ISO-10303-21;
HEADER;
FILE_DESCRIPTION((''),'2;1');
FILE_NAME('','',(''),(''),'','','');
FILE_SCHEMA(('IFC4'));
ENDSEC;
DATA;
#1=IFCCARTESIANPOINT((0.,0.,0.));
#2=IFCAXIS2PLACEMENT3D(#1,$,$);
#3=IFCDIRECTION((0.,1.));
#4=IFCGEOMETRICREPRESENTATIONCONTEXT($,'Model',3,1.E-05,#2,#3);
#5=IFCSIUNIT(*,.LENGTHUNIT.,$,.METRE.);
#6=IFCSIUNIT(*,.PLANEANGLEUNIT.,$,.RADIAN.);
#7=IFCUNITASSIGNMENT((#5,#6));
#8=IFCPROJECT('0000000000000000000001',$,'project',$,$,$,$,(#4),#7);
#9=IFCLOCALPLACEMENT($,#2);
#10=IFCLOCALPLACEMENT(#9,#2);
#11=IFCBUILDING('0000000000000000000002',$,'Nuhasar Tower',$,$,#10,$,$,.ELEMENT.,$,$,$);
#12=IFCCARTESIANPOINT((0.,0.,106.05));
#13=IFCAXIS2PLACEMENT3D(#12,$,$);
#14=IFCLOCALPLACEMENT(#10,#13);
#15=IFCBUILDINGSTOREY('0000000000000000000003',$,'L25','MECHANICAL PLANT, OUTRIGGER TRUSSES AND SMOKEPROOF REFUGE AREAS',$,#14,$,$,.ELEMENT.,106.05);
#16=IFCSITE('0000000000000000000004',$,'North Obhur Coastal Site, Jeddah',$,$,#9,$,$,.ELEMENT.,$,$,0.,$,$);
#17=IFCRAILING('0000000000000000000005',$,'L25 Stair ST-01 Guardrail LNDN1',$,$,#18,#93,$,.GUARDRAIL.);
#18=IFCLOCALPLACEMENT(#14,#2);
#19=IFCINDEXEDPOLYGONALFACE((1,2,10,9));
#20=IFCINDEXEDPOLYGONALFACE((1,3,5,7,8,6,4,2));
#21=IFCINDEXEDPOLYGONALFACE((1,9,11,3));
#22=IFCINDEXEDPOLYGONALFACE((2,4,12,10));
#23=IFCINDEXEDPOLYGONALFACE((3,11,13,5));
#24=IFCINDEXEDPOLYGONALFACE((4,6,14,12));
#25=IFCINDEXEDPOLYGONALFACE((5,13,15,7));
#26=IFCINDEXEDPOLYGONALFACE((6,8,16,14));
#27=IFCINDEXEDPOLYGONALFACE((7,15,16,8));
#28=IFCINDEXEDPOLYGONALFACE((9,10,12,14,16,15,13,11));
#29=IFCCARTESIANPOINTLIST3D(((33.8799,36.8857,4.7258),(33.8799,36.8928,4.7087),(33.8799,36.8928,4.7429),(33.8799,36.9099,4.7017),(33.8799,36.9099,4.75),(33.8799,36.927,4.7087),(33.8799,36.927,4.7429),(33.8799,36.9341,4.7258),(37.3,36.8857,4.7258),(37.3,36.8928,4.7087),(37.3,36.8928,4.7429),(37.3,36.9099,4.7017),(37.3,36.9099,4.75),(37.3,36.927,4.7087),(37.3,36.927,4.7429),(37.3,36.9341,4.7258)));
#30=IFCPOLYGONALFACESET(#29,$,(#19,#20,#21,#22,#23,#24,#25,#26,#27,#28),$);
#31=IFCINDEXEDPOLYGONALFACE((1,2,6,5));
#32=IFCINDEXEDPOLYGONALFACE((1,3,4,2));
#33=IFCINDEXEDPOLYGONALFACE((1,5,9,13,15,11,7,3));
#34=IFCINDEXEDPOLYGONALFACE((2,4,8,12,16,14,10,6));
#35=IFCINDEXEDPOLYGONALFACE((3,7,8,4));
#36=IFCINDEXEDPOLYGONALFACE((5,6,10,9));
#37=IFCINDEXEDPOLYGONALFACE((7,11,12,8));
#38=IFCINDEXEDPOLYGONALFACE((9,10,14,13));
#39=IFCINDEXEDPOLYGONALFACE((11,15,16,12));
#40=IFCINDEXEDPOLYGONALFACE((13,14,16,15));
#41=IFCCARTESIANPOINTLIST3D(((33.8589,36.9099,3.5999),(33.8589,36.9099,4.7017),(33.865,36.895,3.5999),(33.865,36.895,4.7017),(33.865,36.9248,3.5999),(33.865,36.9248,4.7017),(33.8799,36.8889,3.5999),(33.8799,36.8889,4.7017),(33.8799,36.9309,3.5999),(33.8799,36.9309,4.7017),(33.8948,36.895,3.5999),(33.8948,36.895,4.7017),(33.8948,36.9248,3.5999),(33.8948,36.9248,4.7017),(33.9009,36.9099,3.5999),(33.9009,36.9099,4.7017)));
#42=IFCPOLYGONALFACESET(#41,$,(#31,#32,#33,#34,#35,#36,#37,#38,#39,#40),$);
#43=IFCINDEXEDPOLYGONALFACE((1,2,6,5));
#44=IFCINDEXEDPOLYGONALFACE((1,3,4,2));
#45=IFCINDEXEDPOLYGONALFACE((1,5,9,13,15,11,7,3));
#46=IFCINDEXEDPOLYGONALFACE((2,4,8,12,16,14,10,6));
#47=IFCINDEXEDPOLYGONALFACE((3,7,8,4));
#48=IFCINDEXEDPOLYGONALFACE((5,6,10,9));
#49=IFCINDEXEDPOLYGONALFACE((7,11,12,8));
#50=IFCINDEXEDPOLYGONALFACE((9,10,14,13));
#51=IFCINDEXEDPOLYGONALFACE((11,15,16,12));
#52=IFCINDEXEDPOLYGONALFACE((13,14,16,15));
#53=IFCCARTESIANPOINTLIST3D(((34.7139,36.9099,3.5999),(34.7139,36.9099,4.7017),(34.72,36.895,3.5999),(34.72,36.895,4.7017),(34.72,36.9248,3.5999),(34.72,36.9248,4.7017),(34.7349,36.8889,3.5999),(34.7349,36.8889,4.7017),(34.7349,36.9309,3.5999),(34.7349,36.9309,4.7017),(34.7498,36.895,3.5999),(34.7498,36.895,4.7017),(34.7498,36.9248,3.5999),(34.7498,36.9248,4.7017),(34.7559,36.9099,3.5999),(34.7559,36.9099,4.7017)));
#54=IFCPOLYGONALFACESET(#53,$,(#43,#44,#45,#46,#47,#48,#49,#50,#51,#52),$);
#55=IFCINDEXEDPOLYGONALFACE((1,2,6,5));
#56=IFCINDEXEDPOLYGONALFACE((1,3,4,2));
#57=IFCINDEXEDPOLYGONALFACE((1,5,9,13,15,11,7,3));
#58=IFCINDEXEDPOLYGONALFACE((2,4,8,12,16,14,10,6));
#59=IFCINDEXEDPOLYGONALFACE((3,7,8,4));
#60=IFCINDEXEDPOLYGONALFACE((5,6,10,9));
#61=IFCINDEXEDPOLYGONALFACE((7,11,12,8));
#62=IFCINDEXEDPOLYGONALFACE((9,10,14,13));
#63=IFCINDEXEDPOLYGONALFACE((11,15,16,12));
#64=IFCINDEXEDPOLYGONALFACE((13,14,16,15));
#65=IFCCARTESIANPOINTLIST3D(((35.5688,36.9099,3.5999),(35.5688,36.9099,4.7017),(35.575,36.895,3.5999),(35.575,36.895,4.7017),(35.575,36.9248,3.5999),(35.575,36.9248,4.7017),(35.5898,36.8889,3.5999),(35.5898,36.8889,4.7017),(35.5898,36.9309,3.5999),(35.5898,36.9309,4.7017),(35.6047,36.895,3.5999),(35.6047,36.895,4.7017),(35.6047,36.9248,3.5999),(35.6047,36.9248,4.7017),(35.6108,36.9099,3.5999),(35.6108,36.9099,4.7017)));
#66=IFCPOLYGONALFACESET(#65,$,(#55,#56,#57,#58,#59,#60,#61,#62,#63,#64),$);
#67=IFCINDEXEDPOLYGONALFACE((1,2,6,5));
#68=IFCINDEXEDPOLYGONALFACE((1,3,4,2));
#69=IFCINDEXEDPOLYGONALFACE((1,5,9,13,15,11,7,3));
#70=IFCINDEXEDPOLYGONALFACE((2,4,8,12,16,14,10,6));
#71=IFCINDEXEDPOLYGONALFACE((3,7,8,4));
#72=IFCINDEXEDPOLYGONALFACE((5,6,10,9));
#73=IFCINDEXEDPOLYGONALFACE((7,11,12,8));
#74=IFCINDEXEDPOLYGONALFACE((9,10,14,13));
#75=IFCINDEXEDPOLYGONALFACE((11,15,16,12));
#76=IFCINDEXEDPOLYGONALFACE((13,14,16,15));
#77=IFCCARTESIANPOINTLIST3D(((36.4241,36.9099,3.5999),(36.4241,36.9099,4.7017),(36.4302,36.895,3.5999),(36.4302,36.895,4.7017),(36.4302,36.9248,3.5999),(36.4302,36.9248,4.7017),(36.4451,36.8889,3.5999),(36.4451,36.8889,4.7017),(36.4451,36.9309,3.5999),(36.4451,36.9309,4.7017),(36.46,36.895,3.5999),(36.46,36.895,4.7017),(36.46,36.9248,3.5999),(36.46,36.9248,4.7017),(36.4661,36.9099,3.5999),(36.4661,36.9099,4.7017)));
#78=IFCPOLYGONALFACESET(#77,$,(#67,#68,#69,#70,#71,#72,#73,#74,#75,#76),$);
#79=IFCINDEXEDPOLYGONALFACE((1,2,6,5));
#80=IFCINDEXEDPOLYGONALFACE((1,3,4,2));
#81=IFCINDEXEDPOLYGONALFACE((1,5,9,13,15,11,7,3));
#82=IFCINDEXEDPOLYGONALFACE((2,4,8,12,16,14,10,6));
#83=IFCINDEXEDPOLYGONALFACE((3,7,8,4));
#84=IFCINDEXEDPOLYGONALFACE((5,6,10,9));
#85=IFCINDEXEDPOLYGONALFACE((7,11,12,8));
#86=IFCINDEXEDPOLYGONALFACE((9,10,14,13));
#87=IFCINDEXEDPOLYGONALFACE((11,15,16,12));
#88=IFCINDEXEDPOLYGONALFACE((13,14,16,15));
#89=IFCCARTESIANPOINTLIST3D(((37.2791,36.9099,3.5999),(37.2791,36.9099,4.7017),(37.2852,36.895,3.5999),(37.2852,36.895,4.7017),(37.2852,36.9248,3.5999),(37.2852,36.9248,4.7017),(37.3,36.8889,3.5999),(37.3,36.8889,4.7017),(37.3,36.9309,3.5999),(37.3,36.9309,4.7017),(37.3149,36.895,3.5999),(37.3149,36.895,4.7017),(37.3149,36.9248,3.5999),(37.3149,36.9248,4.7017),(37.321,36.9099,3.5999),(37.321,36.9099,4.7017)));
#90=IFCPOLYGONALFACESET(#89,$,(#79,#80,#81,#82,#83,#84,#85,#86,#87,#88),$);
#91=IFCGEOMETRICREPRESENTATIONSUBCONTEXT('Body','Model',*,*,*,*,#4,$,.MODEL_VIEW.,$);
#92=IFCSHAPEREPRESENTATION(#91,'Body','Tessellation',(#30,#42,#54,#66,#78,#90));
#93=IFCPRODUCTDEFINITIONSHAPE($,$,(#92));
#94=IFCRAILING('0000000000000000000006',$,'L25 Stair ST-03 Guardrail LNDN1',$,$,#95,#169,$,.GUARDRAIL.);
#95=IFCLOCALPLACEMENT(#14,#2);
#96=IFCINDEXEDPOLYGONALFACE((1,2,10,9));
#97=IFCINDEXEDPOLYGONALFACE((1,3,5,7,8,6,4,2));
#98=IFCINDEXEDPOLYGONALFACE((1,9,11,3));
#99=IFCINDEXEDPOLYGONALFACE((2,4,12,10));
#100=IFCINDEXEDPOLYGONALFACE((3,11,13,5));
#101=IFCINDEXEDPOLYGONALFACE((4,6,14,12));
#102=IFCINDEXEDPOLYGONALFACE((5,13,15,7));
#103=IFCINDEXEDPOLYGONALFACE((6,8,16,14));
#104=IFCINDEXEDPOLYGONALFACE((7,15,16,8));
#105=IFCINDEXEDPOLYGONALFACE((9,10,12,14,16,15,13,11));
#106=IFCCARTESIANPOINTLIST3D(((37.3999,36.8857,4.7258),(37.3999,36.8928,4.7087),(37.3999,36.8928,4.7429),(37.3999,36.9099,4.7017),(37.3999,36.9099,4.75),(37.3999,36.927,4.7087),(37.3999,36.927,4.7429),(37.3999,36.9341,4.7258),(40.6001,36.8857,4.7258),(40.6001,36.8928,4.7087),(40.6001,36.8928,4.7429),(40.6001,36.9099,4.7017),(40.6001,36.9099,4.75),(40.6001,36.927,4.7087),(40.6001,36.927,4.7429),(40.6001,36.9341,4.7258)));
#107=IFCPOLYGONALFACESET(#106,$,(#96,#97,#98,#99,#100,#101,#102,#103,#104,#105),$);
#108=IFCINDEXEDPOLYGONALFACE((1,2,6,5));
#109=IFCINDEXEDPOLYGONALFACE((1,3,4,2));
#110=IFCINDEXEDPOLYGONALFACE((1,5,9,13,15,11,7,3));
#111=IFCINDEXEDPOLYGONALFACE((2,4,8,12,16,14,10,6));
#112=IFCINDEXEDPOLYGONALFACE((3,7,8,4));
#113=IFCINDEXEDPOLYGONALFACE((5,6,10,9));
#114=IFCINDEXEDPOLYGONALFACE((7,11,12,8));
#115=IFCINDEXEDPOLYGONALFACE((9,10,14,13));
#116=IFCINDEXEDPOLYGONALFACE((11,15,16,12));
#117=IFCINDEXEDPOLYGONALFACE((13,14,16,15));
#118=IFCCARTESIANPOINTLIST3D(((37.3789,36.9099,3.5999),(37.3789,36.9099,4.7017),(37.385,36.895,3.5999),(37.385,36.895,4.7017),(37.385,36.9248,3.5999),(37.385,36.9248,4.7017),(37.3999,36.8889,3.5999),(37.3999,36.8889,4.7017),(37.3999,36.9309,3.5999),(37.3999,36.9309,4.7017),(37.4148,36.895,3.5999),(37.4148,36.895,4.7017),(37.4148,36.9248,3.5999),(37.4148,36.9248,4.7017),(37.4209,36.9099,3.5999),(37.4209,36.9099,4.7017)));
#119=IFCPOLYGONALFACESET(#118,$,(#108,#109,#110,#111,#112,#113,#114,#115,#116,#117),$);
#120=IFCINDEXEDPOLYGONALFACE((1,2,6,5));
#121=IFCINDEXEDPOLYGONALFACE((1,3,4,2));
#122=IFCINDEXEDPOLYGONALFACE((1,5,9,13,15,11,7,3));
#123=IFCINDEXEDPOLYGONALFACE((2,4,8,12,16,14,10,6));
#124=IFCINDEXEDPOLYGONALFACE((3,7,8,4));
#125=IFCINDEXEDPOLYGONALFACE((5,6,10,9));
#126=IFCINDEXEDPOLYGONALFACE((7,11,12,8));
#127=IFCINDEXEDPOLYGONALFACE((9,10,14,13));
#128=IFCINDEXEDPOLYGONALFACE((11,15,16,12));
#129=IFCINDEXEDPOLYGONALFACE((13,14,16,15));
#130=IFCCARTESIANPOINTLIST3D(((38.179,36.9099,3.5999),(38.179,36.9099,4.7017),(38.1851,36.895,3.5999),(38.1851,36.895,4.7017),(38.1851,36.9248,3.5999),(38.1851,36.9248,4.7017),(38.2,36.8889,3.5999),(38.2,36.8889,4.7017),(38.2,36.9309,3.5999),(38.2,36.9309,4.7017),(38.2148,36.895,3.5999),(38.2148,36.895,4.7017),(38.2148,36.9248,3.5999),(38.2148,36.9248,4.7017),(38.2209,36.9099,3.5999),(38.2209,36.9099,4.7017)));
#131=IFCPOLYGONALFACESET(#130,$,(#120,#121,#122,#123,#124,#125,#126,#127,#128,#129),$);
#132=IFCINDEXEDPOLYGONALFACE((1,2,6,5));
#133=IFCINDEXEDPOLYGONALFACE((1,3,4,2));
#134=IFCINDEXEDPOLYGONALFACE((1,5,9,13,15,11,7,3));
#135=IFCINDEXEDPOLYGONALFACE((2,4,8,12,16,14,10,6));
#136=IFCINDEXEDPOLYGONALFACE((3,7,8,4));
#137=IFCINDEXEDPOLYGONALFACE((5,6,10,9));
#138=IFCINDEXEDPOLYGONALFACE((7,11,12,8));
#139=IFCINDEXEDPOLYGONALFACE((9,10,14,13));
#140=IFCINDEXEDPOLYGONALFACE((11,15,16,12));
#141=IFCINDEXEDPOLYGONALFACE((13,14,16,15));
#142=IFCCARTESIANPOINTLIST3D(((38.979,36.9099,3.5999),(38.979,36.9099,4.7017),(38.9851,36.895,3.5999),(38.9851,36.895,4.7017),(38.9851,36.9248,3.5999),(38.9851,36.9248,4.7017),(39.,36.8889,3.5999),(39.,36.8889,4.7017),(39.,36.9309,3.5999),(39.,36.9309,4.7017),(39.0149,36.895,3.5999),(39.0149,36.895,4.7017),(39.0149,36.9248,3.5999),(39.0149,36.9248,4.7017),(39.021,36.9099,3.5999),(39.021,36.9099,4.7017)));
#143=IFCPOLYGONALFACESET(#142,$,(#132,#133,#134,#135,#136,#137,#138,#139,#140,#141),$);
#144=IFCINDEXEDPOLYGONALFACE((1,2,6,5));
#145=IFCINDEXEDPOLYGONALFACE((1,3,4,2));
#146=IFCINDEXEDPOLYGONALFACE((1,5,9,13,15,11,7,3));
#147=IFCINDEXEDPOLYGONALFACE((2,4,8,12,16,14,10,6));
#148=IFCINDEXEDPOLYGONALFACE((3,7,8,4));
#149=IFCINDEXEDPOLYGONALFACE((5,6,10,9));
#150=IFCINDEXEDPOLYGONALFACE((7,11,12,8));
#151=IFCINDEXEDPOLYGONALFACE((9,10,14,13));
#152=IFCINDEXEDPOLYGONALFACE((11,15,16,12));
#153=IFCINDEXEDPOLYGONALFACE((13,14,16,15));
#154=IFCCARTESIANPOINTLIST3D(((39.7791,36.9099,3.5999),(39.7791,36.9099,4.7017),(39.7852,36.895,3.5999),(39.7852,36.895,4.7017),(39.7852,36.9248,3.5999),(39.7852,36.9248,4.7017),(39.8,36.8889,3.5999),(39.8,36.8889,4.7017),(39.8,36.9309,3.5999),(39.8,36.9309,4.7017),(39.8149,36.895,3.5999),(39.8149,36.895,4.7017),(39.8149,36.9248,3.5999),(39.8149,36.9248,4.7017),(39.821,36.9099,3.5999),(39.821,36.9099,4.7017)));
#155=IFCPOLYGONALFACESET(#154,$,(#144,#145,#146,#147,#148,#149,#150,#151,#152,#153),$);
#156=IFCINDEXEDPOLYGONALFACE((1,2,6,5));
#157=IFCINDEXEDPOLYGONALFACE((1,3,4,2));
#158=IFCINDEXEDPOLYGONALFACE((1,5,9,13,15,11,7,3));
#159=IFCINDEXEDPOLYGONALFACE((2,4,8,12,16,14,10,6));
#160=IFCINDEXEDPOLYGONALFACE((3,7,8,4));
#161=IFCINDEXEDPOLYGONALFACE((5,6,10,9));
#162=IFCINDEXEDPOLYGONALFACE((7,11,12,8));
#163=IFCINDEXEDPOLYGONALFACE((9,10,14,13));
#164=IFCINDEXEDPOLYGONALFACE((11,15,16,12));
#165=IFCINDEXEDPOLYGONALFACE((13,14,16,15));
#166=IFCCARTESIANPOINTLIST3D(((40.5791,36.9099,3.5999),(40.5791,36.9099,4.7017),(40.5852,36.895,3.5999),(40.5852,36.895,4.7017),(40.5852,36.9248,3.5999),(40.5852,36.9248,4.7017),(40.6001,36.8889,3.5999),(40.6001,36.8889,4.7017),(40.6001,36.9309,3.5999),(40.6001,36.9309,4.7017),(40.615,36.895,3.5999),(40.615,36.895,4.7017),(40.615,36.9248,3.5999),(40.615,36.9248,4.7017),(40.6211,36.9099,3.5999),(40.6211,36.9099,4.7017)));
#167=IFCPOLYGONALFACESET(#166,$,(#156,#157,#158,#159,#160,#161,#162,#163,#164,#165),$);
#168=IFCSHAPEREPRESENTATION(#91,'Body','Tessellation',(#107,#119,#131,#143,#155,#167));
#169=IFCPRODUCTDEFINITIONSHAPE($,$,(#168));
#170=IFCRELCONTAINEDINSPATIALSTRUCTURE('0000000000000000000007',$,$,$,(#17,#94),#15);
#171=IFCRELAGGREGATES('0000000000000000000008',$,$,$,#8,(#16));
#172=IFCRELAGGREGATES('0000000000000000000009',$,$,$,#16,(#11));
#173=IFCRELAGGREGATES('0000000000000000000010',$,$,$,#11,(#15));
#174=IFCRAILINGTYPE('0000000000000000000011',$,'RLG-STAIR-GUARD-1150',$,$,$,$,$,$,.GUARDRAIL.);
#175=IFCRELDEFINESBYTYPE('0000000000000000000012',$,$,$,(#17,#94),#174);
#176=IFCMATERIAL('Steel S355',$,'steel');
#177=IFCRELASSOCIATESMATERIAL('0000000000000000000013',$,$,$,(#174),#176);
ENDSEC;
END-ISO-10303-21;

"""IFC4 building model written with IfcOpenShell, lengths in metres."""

from ifc_helpers import new_model, si_unit, direction, frame, origin, place, context, subcontext, project, spatial, polyline, outline, extrude, material, type_object, element, save


model = new_model("IFC4")

# Units and contexts
model_context = context("Model", 3, precision=1e-05, world=origin(), true_north=direction((0.0, 1.0)))
body_context = subcontext(model_context, "Body", "Model", "MODEL_VIEW")
ifc_project = project(units=[si_unit("LENGTHUNIT", "METRE"), si_unit("PLANEANGLEUNIT", "RADIAN")], contexts=[model_context])

# Site, building, storey
site_placement = place(None, origin())
site = spatial("IfcSite", under=ifc_project, at=site_placement, Name="North Obhur Coastal Site, Jeddah", CompositionType="ELEMENT", RefElevation=0.0)
building_placement = place(site_placement, origin())
building = spatial("IfcBuilding", under=site, at=building_placement, Name="Nuhasar Tower", CompositionType="ELEMENT")
storey_placement = place(building_placement, frame((0.0, 0.0, 106.05)))
storey = spatial("IfcBuildingStorey", under=building, at=storey_placement, Name="L25", Description="MECHANICAL PLANT, OUTRIGGER TRUSSES AND SMOKEPROOF REFUGE AREAS", CompositionType="ELEMENT", Elevation=106.05)

# Shared definitions
ifc_material_1 = material(Name="Steel S355", Category="steel")

# Railings
railing_type_1 = type_object("IfcRailingType", Name="RLG-STAIR-GUARD-1150", PredefinedType="GUARDRAIL", material=ifc_material_1)
railing_1_placement = place(storey_placement, frame((33.8799, 36.9099, 3.5999)))
element("IfcRailing", 1, at=railing_1_placement, inside=storey, type_object=railing_type_1, Name="L25 Stair ST-01 Guardrail LNDN1", PredefinedType="GUARDRAIL", context=body_context, shape_type="SweptSolid", body=[
    extrude(outline(polyline([(0.0242, 0.0), (0.0171, 0.0171), (0.0, 0.0242), (-0.0171, 0.0171), (-0.0242, 0.0), (-0.0171, -0.0171), (0.0, -0.0242), (0.0171, -0.0171), (0.0242, 0.0)])), frame((0.0, 0.0, 1.126), z_axis=(1.0, 0.0, 0.0), x_axis=(0.0, 1.0, 0.0)), (0.0, 0.0, 1.0), 3.4202),
    extrude(outline(polyline([(0.021, 0.0), (0.0149, 0.0149), (0.0, 0.021), (-0.0149, 0.0149), (-0.021, 0.0), (-0.0149, -0.0149), (0.0, -0.021), (0.0149, -0.0149), (0.021, 0.0)])), origin(), (0.0, 0.0, 1.0), 1.1018),
    extrude(outline(polyline([(0.021, 0.0), (0.0149, 0.0149), (0.0, 0.021), (-0.0149, 0.0149), (-0.021, 0.0), (-0.0149, -0.0149), (0.0, -0.021), (0.0149, -0.0149), (0.021, 0.0)])), frame((0.855, 0.0, 0.0)), (0.0, 0.0, 1.0), 1.1018),
    extrude(outline(polyline([(0.021, 0.0), (0.0149, 0.0149), (0.0, 0.021), (-0.0149, 0.0149), (-0.021, 0.0), (-0.0149, -0.0149), (0.0, -0.021), (0.0149, -0.0149), (0.021, 0.0)])), frame((1.71, 0.0, 0.0)), (0.0, 0.0, 1.0), 1.1018),
    extrude(outline(polyline([(0.021, 0.0), (0.0149, 0.0149), (0.0, 0.021), (-0.0149, 0.0149), (-0.021, 0.0), (-0.0149, -0.0149), (0.0, -0.021), (0.0149, -0.0149), (0.021, 0.0)])), frame((2.5652, 0.0, 0.0)), (0.0, 0.0, 1.0), 1.1018),
    extrude(outline(polyline([(0.021, 0.0), (0.0149, 0.0149), (0.0, 0.021), (-0.0149, 0.0149), (-0.021, 0.0), (-0.0149, -0.0149), (0.0, -0.021), (0.0149, -0.0149), (0.021, 0.0)])), frame((3.4202, 0.0, 0.0)), (0.0, 0.0, 1.0), 1.1018),
])
railing_2_placement = place(storey_placement, frame((37.3999, 36.9099, 3.5999)))
element("IfcRailing", 2, at=railing_2_placement, inside=storey, type_object=railing_type_1, Name="L25 Stair ST-03 Guardrail LNDN1", PredefinedType="GUARDRAIL", context=body_context, shape_type="SweptSolid", body=[
    extrude(outline(polyline([(0.0242, 0.0), (0.0171, 0.0171), (0.0, 0.0242), (-0.0171, 0.0171), (-0.0242, 0.0), (-0.0171, -0.0171), (0.0, -0.0242), (0.0171, -0.0171), (0.0242, 0.0)])), frame((0.0, 0.0, 1.126), z_axis=(1.0, 0.0, 0.0), x_axis=(0.0, 1.0, 0.0)), (0.0, 0.0, 1.0), 3.2002),
    extrude(outline(polyline([(0.021, 0.0), (0.0149, 0.0149), (0.0, 0.021), (-0.0149, 0.0149), (-0.021, 0.0), (-0.0149, -0.0149), (0.0, -0.021), (0.0149, -0.0149), (0.021, 0.0)])), origin(), (0.0, 0.0, 1.0), 1.1018),
    extrude(outline(polyline([(0.021, 0.0), (0.0149, 0.0149), (0.0, 0.021), (-0.0149, 0.0149), (-0.021, 0.0), (-0.0149, -0.0149), (0.0, -0.021), (0.0149, -0.0149), (0.021, 0.0)])), frame((0.8, 0.0, 0.0)), (0.0, 0.0, 1.0), 1.1018),
    extrude(outline(polyline([(0.021, 0.0), (0.0149, 0.0149), (0.0, 0.021), (-0.0149, 0.0149), (-0.021, 0.0), (-0.0149, -0.0149), (0.0, -0.021), (0.0149, -0.0149), (0.021, 0.0)])), frame((1.6001, 0.0, 0.0)), (0.0, 0.0, 1.0), 1.1018),
    extrude(outline(polyline([(0.021, 0.0), (0.0149, 0.0149), (0.0, 0.021), (-0.0149, 0.0149), (-0.021, 0.0), (-0.0149, -0.0149), (0.0, -0.021), (0.0149, -0.0149), (0.021, 0.0)])), frame((2.4001, 0.0, 0.0)), (0.0, 0.0, 1.0), 1.1018),
    extrude(outline(polyline([(0.021, 0.0), (0.0149, 0.0149), (0.0, 0.021), (-0.0149, 0.0149), (-0.021, 0.0), (-0.0149, -0.0149), (0.0, -0.021), (0.0149, -0.0149), (0.021, 0.0)])), frame((3.2002, 0.0, 0.0)), (0.0, 0.0, 1.0), 1.1018),
])

save(model, "model.ifc")
